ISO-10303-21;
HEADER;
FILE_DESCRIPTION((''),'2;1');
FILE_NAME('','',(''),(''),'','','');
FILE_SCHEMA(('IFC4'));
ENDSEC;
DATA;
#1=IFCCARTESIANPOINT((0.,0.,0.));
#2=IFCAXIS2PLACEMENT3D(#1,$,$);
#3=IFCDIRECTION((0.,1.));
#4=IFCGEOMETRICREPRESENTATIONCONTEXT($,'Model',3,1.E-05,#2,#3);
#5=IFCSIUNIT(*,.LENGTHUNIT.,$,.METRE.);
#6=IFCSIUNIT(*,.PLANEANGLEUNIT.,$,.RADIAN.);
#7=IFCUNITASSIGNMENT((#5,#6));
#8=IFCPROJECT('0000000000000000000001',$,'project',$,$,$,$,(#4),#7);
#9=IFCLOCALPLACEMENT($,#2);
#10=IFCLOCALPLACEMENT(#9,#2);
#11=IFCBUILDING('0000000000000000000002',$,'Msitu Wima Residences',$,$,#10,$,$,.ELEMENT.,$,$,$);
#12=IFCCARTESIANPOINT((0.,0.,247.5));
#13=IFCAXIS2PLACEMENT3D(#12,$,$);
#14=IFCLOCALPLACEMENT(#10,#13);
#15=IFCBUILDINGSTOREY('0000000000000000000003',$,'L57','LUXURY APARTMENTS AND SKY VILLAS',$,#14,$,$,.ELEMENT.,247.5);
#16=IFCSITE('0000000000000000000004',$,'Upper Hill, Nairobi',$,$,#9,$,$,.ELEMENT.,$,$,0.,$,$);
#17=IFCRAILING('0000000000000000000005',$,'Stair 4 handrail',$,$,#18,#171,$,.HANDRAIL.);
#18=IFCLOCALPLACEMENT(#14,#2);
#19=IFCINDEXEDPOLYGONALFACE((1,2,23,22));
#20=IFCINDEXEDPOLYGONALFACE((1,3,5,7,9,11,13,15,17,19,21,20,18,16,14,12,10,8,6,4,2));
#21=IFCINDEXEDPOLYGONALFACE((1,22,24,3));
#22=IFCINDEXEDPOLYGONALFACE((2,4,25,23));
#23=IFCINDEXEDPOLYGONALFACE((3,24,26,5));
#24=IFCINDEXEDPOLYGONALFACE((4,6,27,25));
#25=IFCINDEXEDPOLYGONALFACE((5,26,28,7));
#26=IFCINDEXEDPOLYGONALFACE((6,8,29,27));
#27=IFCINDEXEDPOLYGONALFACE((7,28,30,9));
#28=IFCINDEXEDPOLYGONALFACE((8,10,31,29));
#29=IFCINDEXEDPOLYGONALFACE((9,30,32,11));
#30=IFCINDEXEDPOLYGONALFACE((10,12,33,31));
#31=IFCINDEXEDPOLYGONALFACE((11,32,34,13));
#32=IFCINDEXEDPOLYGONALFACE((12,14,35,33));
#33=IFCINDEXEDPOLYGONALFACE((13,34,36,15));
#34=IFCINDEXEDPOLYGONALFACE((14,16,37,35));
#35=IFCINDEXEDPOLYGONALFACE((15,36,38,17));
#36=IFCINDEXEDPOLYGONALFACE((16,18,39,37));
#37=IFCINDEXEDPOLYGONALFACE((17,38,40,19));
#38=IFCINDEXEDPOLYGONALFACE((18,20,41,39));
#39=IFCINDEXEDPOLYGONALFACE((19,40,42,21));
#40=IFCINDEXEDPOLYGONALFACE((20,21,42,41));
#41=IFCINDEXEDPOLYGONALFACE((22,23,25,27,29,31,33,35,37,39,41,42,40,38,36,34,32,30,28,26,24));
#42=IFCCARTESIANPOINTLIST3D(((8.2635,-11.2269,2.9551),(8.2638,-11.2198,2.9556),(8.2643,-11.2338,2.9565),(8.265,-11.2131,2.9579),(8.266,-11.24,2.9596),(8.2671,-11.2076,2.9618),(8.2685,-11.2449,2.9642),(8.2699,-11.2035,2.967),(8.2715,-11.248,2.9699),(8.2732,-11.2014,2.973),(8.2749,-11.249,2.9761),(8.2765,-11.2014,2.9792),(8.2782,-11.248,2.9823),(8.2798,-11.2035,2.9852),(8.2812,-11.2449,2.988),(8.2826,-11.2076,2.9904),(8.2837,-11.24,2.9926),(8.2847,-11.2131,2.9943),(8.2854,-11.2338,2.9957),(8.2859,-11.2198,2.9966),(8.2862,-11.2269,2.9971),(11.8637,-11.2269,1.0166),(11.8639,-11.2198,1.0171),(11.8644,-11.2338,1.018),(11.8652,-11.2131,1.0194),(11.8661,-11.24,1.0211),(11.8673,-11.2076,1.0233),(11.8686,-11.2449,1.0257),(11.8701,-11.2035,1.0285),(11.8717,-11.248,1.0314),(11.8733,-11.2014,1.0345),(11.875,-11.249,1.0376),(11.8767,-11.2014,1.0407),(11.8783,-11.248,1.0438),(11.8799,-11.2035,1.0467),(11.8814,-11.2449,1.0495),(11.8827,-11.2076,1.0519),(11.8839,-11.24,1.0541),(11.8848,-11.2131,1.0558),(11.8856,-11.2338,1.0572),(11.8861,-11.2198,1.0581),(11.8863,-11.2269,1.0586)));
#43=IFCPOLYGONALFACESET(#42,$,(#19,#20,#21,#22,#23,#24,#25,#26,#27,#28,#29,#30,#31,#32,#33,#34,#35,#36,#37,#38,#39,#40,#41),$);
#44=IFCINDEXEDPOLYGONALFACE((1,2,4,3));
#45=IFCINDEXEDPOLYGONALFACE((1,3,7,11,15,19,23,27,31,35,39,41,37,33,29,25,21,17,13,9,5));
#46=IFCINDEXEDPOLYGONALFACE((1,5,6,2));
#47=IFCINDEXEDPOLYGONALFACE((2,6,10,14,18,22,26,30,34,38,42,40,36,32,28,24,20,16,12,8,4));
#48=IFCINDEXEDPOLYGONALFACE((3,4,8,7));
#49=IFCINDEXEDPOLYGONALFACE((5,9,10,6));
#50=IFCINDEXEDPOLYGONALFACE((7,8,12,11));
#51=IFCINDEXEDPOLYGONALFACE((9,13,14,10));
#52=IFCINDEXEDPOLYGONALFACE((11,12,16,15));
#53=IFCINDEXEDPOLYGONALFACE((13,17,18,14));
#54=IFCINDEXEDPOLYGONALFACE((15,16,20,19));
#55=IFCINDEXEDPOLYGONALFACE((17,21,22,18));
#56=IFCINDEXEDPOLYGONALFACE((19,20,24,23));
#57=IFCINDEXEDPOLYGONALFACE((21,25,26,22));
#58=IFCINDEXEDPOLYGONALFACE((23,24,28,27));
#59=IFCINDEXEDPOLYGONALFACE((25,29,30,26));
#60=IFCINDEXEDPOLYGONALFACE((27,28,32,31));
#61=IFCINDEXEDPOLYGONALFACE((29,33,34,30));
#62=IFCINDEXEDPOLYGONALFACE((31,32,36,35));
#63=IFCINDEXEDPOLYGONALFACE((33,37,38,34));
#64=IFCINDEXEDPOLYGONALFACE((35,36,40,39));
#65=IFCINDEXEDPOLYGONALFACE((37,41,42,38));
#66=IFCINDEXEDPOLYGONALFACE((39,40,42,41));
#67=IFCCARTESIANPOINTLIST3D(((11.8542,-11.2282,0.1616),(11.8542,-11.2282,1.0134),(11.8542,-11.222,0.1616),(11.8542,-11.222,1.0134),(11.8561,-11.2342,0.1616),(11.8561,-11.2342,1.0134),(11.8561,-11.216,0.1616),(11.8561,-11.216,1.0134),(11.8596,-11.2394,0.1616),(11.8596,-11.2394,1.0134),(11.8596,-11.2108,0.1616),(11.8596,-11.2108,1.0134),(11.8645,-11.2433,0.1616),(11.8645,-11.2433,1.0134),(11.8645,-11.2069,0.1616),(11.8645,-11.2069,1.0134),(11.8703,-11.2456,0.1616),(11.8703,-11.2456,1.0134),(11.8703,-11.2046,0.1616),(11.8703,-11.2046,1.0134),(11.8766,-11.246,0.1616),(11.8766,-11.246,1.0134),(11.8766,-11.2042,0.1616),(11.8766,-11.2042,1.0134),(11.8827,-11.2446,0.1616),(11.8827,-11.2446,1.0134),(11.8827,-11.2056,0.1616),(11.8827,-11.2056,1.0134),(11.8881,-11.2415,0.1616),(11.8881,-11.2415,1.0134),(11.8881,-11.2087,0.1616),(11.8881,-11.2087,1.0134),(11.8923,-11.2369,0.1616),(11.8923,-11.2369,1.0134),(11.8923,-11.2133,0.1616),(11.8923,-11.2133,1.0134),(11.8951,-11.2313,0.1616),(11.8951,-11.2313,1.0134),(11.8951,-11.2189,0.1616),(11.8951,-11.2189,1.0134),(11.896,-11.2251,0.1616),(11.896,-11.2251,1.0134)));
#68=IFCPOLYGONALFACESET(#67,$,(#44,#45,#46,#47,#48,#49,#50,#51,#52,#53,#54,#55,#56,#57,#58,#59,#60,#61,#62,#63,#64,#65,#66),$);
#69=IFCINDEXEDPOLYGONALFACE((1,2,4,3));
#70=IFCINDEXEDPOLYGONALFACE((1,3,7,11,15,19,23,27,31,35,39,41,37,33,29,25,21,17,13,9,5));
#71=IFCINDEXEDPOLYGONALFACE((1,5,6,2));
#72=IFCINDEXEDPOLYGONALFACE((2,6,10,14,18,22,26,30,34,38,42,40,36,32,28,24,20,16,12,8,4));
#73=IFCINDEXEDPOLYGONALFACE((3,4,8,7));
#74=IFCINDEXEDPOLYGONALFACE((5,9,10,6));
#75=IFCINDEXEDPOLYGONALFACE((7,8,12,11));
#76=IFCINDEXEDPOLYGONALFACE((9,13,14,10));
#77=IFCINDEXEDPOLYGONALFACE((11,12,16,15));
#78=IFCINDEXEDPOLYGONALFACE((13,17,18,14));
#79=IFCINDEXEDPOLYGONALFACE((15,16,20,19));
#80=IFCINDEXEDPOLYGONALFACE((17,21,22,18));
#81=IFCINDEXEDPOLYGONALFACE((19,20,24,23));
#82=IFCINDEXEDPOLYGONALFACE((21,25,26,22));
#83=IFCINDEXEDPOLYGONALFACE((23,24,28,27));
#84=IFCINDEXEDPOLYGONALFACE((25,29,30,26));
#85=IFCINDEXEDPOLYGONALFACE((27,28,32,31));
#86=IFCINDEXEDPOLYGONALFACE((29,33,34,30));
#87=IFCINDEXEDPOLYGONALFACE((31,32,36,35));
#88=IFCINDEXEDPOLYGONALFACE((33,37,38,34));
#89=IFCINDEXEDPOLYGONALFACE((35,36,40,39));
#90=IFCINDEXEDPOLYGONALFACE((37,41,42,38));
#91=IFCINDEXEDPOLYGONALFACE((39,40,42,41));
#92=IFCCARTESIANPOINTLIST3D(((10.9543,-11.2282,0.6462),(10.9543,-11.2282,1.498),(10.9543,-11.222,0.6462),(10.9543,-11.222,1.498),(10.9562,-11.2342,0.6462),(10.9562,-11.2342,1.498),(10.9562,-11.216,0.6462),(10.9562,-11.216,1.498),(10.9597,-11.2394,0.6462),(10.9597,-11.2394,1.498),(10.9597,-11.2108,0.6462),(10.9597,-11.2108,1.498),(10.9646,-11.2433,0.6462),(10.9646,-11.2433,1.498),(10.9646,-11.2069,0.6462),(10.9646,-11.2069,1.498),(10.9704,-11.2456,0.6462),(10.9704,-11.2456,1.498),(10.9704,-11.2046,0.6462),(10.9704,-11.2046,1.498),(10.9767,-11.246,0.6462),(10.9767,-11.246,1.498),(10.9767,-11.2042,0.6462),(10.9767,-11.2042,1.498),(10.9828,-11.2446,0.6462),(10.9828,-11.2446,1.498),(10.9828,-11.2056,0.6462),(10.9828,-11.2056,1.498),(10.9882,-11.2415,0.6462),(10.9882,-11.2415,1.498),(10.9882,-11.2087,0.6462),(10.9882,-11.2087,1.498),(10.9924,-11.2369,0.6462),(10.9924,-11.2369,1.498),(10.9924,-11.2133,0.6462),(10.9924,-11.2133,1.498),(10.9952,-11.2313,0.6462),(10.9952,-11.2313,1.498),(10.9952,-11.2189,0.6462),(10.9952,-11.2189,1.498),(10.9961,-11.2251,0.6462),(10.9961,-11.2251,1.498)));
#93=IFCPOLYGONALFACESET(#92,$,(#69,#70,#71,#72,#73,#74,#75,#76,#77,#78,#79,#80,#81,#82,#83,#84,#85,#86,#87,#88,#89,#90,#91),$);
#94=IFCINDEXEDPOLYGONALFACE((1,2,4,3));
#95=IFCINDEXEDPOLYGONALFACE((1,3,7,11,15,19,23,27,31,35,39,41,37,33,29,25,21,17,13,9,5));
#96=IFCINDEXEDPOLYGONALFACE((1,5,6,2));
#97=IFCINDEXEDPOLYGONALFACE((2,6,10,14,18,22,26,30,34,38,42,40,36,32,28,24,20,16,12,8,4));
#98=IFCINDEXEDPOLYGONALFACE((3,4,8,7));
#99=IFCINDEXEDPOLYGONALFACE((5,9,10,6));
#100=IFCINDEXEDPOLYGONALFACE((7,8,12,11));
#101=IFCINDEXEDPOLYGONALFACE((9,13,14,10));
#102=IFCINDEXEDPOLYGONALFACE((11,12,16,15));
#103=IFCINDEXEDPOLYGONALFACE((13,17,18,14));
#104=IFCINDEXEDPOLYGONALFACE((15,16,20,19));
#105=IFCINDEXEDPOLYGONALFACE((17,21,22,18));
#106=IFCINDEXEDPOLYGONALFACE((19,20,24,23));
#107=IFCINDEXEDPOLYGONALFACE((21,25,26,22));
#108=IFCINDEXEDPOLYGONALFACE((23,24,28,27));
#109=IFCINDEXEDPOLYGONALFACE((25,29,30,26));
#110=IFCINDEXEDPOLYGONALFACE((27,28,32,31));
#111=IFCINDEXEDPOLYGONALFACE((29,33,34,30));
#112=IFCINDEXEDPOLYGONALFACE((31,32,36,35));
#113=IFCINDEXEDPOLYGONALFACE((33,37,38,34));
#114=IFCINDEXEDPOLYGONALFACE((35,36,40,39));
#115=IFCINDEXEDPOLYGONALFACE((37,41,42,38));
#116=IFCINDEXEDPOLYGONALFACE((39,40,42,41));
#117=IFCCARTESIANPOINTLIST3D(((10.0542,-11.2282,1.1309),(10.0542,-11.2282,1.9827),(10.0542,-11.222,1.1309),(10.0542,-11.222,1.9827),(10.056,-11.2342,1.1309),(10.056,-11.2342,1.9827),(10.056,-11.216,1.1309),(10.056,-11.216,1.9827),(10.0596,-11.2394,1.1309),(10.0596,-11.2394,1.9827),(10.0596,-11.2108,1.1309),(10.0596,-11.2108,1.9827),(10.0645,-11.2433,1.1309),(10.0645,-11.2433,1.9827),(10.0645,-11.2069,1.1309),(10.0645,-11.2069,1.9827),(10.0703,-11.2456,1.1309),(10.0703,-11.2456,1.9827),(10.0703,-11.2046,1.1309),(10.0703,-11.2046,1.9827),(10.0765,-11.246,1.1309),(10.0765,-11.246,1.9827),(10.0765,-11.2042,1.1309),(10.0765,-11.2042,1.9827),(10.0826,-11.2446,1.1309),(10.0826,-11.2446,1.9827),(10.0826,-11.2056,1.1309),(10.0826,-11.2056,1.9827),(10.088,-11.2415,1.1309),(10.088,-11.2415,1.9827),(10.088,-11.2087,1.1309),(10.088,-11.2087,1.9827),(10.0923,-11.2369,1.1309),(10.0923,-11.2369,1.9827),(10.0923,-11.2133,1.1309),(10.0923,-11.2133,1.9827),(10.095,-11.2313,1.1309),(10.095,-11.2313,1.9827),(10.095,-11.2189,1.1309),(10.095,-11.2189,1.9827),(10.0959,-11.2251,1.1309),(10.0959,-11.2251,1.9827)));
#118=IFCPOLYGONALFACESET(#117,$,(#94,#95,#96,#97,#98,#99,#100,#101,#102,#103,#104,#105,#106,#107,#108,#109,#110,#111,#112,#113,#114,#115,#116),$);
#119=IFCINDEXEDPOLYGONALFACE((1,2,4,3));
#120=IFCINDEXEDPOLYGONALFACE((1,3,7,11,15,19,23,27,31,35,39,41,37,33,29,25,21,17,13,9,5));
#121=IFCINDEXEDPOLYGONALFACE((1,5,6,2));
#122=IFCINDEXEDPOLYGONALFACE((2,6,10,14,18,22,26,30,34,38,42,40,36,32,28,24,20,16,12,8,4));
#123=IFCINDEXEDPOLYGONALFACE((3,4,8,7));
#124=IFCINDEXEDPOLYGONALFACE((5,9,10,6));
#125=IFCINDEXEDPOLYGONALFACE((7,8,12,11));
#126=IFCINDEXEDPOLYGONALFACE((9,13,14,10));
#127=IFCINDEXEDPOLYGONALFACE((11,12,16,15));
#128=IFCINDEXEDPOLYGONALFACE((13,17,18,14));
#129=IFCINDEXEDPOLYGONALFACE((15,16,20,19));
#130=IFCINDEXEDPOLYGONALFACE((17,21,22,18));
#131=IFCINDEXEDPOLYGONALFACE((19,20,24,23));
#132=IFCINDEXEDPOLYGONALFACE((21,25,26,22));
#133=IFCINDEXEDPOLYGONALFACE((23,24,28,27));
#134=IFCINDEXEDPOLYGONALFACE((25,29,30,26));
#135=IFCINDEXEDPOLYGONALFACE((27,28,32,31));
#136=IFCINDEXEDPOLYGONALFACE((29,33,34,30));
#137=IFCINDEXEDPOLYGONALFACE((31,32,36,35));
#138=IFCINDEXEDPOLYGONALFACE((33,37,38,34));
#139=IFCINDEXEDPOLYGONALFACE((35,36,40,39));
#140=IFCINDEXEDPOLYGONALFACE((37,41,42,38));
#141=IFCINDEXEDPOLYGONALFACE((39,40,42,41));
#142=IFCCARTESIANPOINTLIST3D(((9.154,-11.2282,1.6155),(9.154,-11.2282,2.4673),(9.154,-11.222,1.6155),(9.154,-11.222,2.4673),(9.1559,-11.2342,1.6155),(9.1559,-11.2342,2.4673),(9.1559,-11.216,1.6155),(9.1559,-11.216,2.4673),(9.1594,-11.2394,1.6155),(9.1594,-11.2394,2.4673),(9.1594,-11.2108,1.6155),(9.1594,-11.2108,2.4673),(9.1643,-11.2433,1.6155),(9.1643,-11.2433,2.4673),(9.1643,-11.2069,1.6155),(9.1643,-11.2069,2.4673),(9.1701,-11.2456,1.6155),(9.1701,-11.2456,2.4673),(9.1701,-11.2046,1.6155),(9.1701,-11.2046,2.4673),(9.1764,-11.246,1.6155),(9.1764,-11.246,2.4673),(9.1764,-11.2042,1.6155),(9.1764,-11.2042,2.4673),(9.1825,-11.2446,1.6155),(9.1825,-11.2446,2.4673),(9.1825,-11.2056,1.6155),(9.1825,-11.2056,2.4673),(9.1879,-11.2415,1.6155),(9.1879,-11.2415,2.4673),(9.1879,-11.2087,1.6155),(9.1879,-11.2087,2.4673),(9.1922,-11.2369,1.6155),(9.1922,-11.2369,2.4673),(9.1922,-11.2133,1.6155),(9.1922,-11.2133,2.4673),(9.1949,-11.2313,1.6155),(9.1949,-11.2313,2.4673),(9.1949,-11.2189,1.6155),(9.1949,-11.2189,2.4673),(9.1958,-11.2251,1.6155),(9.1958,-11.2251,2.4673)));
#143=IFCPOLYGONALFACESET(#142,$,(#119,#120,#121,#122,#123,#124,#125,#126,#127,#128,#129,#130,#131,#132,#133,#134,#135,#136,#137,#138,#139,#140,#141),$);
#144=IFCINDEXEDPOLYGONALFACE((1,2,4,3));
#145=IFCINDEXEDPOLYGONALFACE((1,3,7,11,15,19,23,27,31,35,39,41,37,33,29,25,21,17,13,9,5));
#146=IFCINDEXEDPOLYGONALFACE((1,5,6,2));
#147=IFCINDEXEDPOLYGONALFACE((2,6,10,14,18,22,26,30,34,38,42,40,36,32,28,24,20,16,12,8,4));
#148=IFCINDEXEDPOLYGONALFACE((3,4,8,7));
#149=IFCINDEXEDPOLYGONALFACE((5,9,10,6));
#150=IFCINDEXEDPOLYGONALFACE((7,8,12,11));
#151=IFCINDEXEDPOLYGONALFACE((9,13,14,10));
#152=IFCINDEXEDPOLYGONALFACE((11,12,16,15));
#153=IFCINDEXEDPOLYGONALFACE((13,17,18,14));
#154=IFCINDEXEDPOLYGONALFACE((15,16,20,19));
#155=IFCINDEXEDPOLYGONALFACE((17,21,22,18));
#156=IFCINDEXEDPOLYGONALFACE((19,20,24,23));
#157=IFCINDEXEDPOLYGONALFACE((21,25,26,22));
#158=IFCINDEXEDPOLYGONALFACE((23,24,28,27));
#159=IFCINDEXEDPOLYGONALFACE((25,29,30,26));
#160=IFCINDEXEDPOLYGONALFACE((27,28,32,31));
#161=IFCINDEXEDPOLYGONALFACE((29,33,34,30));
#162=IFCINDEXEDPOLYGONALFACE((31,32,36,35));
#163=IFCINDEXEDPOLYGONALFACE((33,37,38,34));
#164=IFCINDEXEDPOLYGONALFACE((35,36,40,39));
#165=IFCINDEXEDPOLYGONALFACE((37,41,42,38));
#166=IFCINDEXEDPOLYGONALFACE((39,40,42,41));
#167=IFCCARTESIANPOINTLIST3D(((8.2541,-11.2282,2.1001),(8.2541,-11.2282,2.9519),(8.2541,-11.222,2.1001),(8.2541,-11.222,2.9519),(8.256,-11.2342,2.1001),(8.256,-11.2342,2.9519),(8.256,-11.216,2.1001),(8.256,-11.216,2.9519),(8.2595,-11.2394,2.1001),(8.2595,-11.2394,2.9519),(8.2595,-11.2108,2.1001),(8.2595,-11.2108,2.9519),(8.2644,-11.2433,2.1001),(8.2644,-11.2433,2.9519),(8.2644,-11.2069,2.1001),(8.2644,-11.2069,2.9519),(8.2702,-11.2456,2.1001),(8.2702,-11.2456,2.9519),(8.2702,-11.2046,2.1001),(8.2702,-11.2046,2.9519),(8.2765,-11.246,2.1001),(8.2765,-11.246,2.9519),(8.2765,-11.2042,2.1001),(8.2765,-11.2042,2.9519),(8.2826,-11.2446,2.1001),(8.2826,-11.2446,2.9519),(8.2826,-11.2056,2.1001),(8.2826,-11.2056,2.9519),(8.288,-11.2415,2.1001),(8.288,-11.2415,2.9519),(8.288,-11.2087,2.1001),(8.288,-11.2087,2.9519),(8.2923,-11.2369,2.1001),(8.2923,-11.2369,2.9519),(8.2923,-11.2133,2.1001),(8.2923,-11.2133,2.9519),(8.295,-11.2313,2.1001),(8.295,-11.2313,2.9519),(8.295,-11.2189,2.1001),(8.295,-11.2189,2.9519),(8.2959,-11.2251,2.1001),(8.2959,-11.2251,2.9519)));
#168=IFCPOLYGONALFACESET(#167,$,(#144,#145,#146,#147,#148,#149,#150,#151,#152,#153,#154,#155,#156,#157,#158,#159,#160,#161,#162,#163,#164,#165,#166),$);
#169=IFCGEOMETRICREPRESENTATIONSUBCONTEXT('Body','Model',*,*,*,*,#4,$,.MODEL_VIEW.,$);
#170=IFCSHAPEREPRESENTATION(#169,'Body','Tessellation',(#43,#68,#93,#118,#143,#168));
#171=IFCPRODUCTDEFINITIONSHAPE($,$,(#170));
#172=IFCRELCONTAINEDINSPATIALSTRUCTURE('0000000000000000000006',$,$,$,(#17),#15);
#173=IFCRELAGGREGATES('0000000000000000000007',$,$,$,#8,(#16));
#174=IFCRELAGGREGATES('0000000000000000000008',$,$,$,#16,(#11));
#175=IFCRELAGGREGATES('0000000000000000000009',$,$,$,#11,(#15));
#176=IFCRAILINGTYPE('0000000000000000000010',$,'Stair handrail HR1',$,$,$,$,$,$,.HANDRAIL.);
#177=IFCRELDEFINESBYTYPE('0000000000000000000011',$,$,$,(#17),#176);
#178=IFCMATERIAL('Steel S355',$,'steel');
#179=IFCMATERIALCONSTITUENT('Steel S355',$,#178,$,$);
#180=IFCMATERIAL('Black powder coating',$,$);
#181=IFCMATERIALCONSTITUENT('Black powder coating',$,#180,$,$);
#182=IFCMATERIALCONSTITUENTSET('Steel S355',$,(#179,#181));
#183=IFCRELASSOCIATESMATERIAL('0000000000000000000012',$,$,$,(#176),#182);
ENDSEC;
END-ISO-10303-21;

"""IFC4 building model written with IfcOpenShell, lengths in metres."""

from ifc_helpers import new_model, si_unit, direction, frame, origin, origin_2d, place, context, subcontext, project, spatial, circle, extrude, material, constituent, constituent_set, type_object, element, save


model = new_model("IFC4")

# Units and contexts
model_context = context("Model", 3, precision=1e-05, world=origin(), true_north=direction((0.0, 1.0)))
body_context = subcontext(model_context, "Body", "Model", "MODEL_VIEW")
ifc_project = project(units=[si_unit("LENGTHUNIT", "METRE"), si_unit("PLANEANGLEUNIT", "RADIAN")], contexts=[model_context])

# Site, building, storey
site_placement = place(None, origin())
site = spatial("IfcSite", under=ifc_project, at=site_placement, Name="Upper Hill, Nairobi", CompositionType="ELEMENT", RefElevation=0.0)
building_placement = place(site_placement, origin())
building = spatial("IfcBuilding", under=site, at=building_placement, Name="Msitu Wima Residences", CompositionType="ELEMENT")
storey_placement = place(building_placement, frame((0.0, 0.0, 247.5)))
storey = spatial("IfcBuildingStorey", under=building, at=storey_placement, Name="L57", Description="LUXURY APARTMENTS AND SKY VILLAS", CompositionType="ELEMENT", Elevation=247.5)

# Railing
ifc_material_1 = material(Name="Steel S355", Category="steel")
ifc_constituent_1 = constituent(ifc_material_1, Name="Steel S355")
ifc_material_2 = material(Name="Black powder coating")
ifc_constituent_2 = constituent(ifc_material_2, Name="Black powder coating")
ifc_constituent_set = constituent_set(constituents=[ifc_constituent_1, ifc_constituent_2], Name="Steel S355")
railing_type = type_object("IfcRailingType", Name="Stair handrail HR1", PredefinedType="HANDRAIL", material=ifc_constituent_set)
for number, where, name in (
    (1, (11.875, -11.2251, 0.1616), "Stair 4 handrail"),
):
    element("IfcRailing", number, at=place(storey_placement, frame(where)), inside=storey, type_object=railing_type, Name=name, PredefinedType="HANDRAIL", context=body_context, shape_type="SweptSolid", body=[
        extrude(circle(Radius=0.0239, at=origin_2d()), frame((0.0, 0.0, 0.876), z_axis=(-0.880475, 0.0, 0.474093), x_axis=(0.0, -1.0, 0.0)), (0.0, 0.0, 1.0), 4.0889),
        extrude(circle(Radius=0.021, at=origin_2d()), origin(), (0.0, 0.0, 1.0), 0.8518),
        extrude(circle(Radius=0.021, at=origin_2d()), frame((-0.8999, 0.0, 0.4846)), (0.0, 0.0, 1.0), 0.8518),
        extrude(circle(Radius=0.021, at=origin_2d()), frame((-1.8, 0.0, 0.9692)), (0.0, 0.0, 1.0), 0.8518),
        extrude(circle(Radius=0.021, at=origin_2d()), frame((-2.7002, 0.0, 1.4539)), (0.0, 0.0, 1.0), 0.8518),
        extrude(circle(Radius=0.021, at=origin_2d()), frame((-3.6001, 0.0, 1.9385)), (0.0, 0.0, 1.0), 0.8518),
    ])

save(model, "model.ifc")
